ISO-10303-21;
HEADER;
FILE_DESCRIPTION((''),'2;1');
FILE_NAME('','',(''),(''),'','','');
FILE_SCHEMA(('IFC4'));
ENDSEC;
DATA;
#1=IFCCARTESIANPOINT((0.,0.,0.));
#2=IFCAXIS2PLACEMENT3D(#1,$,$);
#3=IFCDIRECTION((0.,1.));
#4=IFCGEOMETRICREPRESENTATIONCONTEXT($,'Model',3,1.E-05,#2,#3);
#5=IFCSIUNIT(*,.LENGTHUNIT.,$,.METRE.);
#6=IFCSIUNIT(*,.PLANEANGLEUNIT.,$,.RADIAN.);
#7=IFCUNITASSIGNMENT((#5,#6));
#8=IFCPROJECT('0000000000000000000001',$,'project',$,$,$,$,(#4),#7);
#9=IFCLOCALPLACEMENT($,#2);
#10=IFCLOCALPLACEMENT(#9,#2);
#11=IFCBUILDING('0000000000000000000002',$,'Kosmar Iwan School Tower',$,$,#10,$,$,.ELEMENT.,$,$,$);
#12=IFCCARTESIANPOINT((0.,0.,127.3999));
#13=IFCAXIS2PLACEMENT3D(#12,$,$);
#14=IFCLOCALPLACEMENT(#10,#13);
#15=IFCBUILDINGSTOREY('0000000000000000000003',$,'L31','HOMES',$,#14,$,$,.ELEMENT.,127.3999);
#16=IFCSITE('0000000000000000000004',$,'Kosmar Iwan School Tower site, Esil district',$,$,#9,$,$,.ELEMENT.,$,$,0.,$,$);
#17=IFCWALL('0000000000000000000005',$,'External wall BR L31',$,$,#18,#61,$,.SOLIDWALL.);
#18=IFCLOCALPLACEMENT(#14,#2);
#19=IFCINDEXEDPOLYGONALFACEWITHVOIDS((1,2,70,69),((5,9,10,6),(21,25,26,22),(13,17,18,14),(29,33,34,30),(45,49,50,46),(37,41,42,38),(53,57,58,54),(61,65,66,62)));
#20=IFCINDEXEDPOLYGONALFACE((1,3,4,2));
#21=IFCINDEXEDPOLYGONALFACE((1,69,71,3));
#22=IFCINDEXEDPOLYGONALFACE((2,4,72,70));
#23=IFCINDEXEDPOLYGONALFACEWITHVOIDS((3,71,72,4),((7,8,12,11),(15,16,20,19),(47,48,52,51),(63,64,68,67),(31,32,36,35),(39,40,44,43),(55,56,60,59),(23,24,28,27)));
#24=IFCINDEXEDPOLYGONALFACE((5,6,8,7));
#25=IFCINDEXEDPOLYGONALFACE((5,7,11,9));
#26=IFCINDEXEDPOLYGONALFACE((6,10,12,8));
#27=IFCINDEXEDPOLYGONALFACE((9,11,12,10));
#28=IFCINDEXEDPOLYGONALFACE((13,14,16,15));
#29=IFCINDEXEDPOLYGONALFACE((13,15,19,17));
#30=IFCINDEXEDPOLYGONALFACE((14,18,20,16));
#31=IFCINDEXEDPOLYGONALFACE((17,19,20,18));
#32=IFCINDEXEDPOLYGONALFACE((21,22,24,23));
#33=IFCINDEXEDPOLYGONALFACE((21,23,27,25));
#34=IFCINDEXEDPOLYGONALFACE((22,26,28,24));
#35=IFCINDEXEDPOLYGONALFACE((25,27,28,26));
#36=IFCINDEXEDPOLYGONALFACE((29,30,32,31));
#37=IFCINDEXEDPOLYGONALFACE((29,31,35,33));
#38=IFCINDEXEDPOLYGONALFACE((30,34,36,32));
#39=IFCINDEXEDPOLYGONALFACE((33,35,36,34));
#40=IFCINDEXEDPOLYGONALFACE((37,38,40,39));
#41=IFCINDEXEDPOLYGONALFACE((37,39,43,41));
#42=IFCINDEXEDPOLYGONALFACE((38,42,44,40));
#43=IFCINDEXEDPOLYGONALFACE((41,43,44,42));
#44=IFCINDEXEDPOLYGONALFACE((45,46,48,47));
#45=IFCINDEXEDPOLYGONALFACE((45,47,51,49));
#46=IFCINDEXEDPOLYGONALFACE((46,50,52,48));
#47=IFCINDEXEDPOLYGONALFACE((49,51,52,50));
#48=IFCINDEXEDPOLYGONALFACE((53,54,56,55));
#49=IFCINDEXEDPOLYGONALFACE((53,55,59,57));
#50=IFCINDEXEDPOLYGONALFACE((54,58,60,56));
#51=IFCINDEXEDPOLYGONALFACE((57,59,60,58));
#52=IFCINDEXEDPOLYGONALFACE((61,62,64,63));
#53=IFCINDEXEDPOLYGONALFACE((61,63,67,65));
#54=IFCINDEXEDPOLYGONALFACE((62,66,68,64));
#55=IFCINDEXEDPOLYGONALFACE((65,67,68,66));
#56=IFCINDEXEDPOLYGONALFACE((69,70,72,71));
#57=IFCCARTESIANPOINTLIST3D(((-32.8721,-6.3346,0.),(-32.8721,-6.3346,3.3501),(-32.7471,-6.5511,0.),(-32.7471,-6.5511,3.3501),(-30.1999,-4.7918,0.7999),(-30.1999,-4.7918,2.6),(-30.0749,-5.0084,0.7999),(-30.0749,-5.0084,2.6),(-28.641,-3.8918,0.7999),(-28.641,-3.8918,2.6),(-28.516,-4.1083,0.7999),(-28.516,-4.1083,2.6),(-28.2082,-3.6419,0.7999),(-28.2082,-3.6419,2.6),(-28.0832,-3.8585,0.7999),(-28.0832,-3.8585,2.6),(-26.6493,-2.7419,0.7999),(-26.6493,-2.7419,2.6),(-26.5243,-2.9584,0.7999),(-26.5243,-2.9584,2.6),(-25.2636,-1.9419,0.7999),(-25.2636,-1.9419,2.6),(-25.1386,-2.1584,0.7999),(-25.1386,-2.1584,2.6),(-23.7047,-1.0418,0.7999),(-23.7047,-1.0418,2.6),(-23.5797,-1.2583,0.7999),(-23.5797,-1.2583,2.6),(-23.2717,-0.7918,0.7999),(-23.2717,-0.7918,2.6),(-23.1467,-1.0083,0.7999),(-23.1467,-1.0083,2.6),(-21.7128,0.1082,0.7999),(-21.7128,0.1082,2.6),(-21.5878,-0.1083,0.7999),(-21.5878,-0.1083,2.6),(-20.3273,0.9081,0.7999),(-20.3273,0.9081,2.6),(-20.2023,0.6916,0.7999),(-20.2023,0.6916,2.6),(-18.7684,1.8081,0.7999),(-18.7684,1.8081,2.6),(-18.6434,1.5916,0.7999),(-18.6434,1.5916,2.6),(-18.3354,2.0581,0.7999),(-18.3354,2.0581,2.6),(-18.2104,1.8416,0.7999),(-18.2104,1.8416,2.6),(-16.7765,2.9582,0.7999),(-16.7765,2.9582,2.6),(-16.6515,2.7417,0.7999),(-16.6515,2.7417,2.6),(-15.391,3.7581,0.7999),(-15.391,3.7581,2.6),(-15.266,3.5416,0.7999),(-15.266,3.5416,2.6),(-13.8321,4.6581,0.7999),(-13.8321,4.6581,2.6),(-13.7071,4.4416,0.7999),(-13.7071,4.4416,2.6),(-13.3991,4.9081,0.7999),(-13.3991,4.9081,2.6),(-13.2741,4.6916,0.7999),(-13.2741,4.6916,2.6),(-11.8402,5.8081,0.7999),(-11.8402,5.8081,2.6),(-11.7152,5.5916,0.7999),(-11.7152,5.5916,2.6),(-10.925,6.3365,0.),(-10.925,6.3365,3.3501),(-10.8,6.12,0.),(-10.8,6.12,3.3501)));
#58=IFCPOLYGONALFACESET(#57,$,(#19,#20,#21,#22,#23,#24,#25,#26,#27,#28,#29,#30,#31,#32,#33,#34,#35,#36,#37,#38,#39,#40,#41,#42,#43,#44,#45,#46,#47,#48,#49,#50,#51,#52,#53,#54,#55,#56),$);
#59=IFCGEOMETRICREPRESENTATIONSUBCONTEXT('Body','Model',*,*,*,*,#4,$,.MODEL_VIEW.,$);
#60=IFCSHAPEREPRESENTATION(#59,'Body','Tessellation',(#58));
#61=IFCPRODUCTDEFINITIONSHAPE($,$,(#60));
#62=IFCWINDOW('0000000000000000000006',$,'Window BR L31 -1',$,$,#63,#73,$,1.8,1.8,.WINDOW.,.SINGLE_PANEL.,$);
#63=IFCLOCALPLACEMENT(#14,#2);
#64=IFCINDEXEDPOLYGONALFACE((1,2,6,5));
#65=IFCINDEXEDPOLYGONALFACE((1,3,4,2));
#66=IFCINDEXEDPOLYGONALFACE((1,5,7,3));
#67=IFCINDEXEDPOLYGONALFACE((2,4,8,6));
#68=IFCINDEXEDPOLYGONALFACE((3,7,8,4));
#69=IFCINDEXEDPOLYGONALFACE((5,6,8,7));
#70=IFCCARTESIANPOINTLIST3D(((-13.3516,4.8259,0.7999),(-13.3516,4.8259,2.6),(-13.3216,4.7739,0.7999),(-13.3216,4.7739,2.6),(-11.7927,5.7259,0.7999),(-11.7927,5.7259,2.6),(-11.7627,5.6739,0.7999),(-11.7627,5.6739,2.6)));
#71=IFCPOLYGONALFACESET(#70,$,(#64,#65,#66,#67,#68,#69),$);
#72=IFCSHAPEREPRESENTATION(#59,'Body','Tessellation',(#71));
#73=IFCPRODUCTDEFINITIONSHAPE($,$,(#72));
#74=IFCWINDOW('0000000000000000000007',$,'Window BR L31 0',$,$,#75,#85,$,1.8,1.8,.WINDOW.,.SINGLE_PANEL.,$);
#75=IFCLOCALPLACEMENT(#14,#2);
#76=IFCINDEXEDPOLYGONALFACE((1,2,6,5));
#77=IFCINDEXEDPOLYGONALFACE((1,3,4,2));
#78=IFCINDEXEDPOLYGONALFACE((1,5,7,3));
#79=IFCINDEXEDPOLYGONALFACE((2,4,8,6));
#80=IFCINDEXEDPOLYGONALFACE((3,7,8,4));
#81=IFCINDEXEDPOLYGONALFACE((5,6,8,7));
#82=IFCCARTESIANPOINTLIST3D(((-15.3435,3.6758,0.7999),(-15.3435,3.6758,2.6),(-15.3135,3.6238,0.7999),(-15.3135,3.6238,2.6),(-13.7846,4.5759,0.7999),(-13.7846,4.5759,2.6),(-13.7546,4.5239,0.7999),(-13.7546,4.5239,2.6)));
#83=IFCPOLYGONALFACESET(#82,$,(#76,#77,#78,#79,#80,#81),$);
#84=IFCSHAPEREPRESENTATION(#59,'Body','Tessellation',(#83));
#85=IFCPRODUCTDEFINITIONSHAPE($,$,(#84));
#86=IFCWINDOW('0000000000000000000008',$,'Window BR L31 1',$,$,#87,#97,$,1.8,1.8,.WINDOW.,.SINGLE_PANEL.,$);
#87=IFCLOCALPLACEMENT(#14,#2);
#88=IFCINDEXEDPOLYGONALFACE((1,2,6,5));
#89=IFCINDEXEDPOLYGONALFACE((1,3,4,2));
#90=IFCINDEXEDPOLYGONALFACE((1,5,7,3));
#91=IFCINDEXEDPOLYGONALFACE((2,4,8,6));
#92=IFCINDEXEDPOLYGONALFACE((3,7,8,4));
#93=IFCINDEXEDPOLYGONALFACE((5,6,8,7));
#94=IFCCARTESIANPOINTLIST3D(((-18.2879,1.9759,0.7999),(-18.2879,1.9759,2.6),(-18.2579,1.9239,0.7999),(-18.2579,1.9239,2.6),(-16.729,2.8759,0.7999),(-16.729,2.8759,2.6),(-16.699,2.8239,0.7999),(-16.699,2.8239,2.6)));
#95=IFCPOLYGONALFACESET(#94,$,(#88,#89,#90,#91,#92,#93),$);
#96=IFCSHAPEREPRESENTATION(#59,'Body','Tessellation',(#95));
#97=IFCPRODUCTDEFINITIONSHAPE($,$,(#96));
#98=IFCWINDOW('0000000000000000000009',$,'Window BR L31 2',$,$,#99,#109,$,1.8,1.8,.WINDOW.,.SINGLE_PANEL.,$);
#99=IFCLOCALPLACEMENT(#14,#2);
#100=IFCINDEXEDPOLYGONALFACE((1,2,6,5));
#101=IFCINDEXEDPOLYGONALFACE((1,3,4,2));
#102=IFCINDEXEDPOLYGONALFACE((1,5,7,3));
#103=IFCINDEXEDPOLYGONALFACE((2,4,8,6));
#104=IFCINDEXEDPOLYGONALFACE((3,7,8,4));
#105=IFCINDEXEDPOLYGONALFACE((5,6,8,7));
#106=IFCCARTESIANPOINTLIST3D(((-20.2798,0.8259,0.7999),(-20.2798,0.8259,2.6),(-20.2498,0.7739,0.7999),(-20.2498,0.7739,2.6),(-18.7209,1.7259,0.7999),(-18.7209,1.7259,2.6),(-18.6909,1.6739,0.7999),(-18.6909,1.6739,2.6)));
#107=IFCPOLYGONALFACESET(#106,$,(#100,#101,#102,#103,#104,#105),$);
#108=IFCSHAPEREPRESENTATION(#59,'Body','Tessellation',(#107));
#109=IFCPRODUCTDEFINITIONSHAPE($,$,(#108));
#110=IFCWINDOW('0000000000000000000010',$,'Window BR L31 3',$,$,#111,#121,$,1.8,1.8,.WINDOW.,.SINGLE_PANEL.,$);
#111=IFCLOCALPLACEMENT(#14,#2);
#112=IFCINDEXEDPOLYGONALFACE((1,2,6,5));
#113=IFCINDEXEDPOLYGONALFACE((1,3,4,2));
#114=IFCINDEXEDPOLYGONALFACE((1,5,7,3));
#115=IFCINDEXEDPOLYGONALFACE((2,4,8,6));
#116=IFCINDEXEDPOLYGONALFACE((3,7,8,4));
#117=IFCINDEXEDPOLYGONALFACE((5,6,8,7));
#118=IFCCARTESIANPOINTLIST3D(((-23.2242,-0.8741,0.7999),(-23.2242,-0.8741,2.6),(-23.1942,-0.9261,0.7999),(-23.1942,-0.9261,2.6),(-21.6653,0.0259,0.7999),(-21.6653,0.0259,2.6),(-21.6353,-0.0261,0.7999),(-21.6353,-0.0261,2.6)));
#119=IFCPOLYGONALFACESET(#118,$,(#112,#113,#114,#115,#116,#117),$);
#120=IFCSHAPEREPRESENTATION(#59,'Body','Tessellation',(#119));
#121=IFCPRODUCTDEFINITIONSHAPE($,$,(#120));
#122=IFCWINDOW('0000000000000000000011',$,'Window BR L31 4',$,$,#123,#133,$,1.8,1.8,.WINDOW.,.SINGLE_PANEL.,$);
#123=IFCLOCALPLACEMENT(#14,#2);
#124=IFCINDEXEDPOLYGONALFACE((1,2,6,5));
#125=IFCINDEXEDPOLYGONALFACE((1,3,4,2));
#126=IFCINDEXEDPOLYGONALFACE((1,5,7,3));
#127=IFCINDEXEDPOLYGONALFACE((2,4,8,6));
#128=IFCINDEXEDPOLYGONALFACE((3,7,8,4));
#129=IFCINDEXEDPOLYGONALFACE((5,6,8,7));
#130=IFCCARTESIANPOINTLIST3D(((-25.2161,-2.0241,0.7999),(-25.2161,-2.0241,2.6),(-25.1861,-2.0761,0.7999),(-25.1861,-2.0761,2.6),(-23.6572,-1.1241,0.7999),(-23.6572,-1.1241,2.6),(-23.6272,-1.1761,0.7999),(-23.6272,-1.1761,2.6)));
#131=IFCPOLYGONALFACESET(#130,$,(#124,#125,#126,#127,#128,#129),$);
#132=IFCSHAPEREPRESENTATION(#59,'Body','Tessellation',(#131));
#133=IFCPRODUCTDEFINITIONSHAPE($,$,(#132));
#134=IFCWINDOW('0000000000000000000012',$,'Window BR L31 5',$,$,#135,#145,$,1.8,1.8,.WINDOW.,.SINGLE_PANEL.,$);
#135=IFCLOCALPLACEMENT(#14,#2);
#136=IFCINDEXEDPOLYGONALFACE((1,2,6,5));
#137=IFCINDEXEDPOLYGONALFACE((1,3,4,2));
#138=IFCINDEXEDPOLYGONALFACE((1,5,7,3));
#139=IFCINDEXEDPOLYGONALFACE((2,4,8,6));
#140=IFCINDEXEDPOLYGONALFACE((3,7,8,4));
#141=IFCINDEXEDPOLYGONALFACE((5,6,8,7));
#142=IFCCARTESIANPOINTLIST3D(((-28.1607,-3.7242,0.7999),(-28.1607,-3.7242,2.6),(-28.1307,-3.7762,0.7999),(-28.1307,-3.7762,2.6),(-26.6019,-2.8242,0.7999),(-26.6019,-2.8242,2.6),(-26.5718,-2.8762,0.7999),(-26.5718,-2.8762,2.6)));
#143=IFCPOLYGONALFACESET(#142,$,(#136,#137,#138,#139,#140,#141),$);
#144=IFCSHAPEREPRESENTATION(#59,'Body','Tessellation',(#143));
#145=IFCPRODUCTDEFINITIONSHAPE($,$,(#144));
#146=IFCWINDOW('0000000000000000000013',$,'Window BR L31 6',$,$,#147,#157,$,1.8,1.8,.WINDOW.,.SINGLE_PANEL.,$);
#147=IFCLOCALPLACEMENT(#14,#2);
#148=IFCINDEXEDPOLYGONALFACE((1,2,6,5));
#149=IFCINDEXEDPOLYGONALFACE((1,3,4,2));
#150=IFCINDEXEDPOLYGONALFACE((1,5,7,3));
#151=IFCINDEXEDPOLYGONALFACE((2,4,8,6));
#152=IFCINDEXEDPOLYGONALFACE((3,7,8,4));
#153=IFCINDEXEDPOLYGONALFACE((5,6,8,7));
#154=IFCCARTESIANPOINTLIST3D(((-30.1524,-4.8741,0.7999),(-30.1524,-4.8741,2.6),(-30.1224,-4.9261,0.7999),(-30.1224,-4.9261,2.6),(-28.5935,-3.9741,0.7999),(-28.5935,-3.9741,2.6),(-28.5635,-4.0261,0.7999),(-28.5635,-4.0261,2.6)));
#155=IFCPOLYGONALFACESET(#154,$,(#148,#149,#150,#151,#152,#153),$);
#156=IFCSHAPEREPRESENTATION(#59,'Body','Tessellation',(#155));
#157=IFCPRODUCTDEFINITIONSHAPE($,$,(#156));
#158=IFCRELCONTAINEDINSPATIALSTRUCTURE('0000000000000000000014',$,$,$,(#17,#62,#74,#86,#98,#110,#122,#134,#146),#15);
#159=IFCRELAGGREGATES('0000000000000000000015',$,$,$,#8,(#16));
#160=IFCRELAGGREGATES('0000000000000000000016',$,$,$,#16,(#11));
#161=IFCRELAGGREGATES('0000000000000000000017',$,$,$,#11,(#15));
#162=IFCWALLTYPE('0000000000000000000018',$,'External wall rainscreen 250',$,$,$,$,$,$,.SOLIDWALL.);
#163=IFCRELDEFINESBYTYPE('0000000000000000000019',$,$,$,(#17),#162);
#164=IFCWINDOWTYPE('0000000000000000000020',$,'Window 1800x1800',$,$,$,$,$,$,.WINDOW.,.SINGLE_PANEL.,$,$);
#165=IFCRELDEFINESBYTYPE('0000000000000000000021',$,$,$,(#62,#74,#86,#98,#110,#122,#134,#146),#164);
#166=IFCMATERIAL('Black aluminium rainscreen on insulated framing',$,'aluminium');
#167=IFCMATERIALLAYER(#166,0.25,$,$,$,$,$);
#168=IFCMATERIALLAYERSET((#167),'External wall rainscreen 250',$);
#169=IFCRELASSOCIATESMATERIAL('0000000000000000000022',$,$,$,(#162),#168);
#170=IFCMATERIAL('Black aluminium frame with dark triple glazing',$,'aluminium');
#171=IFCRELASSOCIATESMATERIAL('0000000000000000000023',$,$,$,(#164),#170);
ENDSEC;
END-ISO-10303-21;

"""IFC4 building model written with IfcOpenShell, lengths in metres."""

from ifc_helpers import new_model, si_unit, direction, frame, frame_2d, origin, place, context, subcontext, project, spatial, rectangle, extrude, material, layer, layer_set, type_object, element, fill, save


model = new_model("IFC4")

# Units and contexts
model_context = context("Model", 3, precision=1e-05, world=origin(), true_north=direction((0.0, 1.0)))
body_context = subcontext(model_context, "Body", "Model", "MODEL_VIEW")
ifc_project = project(units=[si_unit("LENGTHUNIT", "METRE"), si_unit("PLANEANGLEUNIT", "RADIAN")], contexts=[model_context])

# Site, building, storey
site_placement = place(None, origin())
site = spatial("IfcSite", under=ifc_project, at=site_placement, Name="Kosmar Iwan School Tower site, Esil district", CompositionType="ELEMENT", RefElevation=0.0)
building_placement = place(site_placement, origin())
building = spatial("IfcBuilding", under=site, at=building_placement, Name="Kosmar Iwan School Tower", CompositionType="ELEMENT")
storey_placement = place(building_placement, frame((0.0, 0.0, 127.3999)))
storey = spatial("IfcBuildingStorey", under=building, at=storey_placement, Name="L31", Description="HOMES", CompositionType="ELEMENT", Elevation=127.3999)

# Wall, openings, windows
ifc_material_1 = material(Name="Black aluminium rainscreen on insulated framing", Category="aluminium")
ifc_layer_1 = layer(ifc_material_1, 0.25)
ifc_layer_set_1 = layer_set([ifc_layer_1], Name="External wall rainscreen 250")
wall_type_1 = type_object("IfcWallType", Name="External wall rainscreen 250", PredefinedType="SOLIDWALL", material=ifc_layer_set_1)
ifc_material_2 = material(Name="Black aluminium frame with dark triple glazing", Category="aluminium")
window_type = type_object("IfcWindowType", Name="Window 1800x1800", PartitioningType="SINGLE_PANEL", PredefinedType="WINDOW", material=ifc_material_2)
wall_1_placement = place(storey_placement, frame((-10.8625, 6.2283, 0.0), z_axis=(0.0, 0.0, 1.0), x_axis=(-0.866025, -0.500001, 0.0)))
wall_1 = element("IfcWall", 1, at=wall_1_placement, inside=storey, type_object=wall_type_1, Name="External wall BR L31", PredefinedType="SOLIDWALL", context=body_context, shape_type="SweptSolid", body=[
    extrude(rectangle(XDim=25.3423, YDim=0.25, at=frame_2d((12.6711, 0.0))), origin(), (0.0, 0.0, 1.0), 3.3501),
])
opening_1_placement = place(wall_1_placement, frame((1.0569, 0.0, 0.8)))
opening_1 = element("IfcOpeningElement", 2, at=opening_1_placement, cuts=wall_1, PredefinedType="OPENING", context=body_context, shape_type="SweptSolid", body=[
    extrude(rectangle(XDim=1.8, YDim=1.8, at=frame_2d((0.8999, 0.8999))), frame((0.0, 0.137, 0.0), z_axis=(0.0, -1.0, 0.0), x_axis=(1.0, 0.0, 0.0)), (0.0, 0.0, 1.0), 0.2739),
])
opening_2_placement = place(wall_1_placement, frame((3.3569, 0.0, 0.8)))
opening_2 = element("IfcOpeningElement", 3, at=opening_2_placement, cuts=wall_1, PredefinedType="OPENING", context=body_context, shape_type="SweptSolid", body=[
    extrude(rectangle(XDim=1.8, YDim=1.8, at=frame_2d((0.8999, 0.8999))), frame((0.0, 0.137, 0.0), z_axis=(0.0, -1.0, 0.0), x_axis=(1.0, 0.0, 0.0)), (0.0, 0.0, 1.0), 0.2739),
])
opening_3_placement = place(wall_1_placement, frame((6.7568, 0.0, 0.8)))
opening_3 = element("IfcOpeningElement", 4, at=opening_3_placement, cuts=wall_1, PredefinedType="OPENING", context=body_context, shape_type="SweptSolid", body=[
    extrude(rectangle(XDim=1.8, YDim=1.8, at=frame_2d((0.8999, 0.8999))), frame((0.0, 0.137, 0.0), z_axis=(0.0, -1.0, 0.0), x_axis=(1.0, 0.0, 0.0)), (0.0, 0.0, 1.0), 0.2739),
])
opening_4_placement = place(wall_1_placement, frame((9.0569, 0.0, 0.8)))
opening_4 = element("IfcOpeningElement", 5, at=opening_4_placement, cuts=wall_1, PredefinedType="OPENING", context=body_context, shape_type="SweptSolid", body=[
    extrude(rectangle(XDim=1.8, YDim=1.8, at=frame_2d((0.8999, 0.8999))), frame((0.0, 0.137, 0.0), z_axis=(0.0, -1.0, 0.0), x_axis=(1.0, 0.0, 0.0)), (0.0, 0.0, 1.0), 0.2739),
])
opening_5_placement = place(wall_1_placement, frame((12.4568, 0.0, 0.8)))
opening_5 = element("IfcOpeningElement", 6, at=opening_5_placement, cuts=wall_1, PredefinedType="OPENING", context=body_context, shape_type="SweptSolid", body=[
    extrude(rectangle(XDim=1.8, YDim=1.8, at=frame_2d((0.8999, 0.8999))), frame((0.0, 0.137, 0.0), z_axis=(0.0, -1.0, 0.0), x_axis=(1.0, 0.0, 0.0)), (0.0, 0.0, 1.0), 0.2739),
])
opening_6_placement = place(wall_1_placement, frame((14.7568, 0.0, 0.8)))
opening_6 = element("IfcOpeningElement", 7, at=opening_6_placement, cuts=wall_1, PredefinedType="OPENING", context=body_context, shape_type="SweptSolid", body=[
    extrude(rectangle(XDim=1.8, YDim=1.8, at=frame_2d((0.8999, 0.8999))), frame((0.0, 0.137, 0.0), z_axis=(0.0, -1.0, 0.0), x_axis=(1.0, 0.0, 0.0)), (0.0, 0.0, 1.0), 0.2739),
])
opening_7_placement = place(wall_1_placement, frame((18.157, 0.0, 0.8)))
opening_7 = element("IfcOpeningElement", 8, at=opening_7_placement, cuts=wall_1, PredefinedType="OPENING", context=body_context, shape_type="SweptSolid", body=[
    extrude(rectangle(XDim=1.8, YDim=1.8, at=frame_2d((0.8999, 0.8999))), frame((0.0, 0.137, 0.0), z_axis=(0.0, -1.0, 0.0), x_axis=(1.0, 0.0, 0.0)), (0.0, 0.0, 1.0), 0.2739),
])
opening_8_placement = place(wall_1_placement, frame((20.4568, 0.0, 0.8)))
opening_8 = element("IfcOpeningElement", 9, at=opening_8_placement, cuts=wall_1, PredefinedType="OPENING", context=body_context, shape_type="SweptSolid", body=[
    extrude(rectangle(XDim=1.8, YDim=1.8, at=frame_2d((0.8999, 0.8999))), frame((0.0, 0.137, 0.0), z_axis=(0.0, -1.0, 0.0), x_axis=(1.0, 0.0, 0.0)), (0.0, 0.0, 1.0), 0.2739),
])
window_1_placement = place(opening_1_placement, origin())
window_1 = element("IfcWindow", 10, at=window_1_placement, inside=storey, type_object=window_type, Name="Window BR L31 -1", OverallHeight=1.8, OverallWidth=1.8, PartitioningType="SINGLE_PANEL", PredefinedType="WINDOW", context=body_context, shape_type="SweptSolid", body=[
    extrude(rectangle(XDim=1.8, YDim=1.8, at=frame_2d((0.8999, 0.8999))), frame((0.0, 0.03, 0.0), z_axis=(0.0, -1.0, 0.0), x_axis=(1.0, 0.0, 0.0)), (0.0, 0.0, 1.0), 0.0601),
])
fill(opening_1, window_1)
window_2_placement = place(opening_2_placement, origin())
window_2 = element("IfcWindow", 11, at=window_2_placement, inside=storey, type_object=window_type, Name="Window BR L31 0", OverallHeight=1.8, OverallWidth=1.8, PartitioningType="SINGLE_PANEL", PredefinedType="WINDOW", context=body_context, shape_type="SweptSolid", body=[
    extrude(rectangle(XDim=1.8, YDim=1.8, at=frame_2d((0.8999, 0.8999))), frame((0.0, 0.03, 0.0), z_axis=(0.0, -1.0, 0.0), x_axis=(1.0, 0.0, 0.0)), (0.0, 0.0, 1.0), 0.0601),
])
fill(opening_2, window_2)
window_3_placement = place(opening_3_placement, origin())
window_3 = element("IfcWindow", 12, at=window_3_placement, inside=storey, type_object=window_type, Name="Window BR L31 1", OverallHeight=1.8, OverallWidth=1.8, PartitioningType="SINGLE_PANEL", PredefinedType="WINDOW", context=body_context, shape_type="SweptSolid", body=[
    extrude(rectangle(XDim=1.8, YDim=1.8, at=frame_2d((0.8999, 0.8999))), frame((0.0, 0.03, 0.0), z_axis=(0.0, -1.0, 0.0), x_axis=(1.0, 0.0, 0.0)), (0.0, 0.0, 1.0), 0.0601),
])
fill(opening_3, window_3)
window_4_placement = place(opening_4_placement, origin())
window_4 = element("IfcWindow", 13, at=window_4_placement, inside=storey, type_object=window_type, Name="Window BR L31 2", OverallHeight=1.8, OverallWidth=1.8, PartitioningType="SINGLE_PANEL", PredefinedType="WINDOW", context=body_context, shape_type="SweptSolid", body=[
    extrude(rectangle(XDim=1.8, YDim=1.8, at=frame_2d((0.8999, 0.8999))), frame((0.0, 0.03, 0.0), z_axis=(0.0, -1.0, 0.0), x_axis=(1.0, 0.0, 0.0)), (0.0, 0.0, 1.0), 0.0601),
])
fill(opening_4, window_4)
window_5_placement = place(opening_5_placement, origin())
window_5 = element("IfcWindow", 14, at=window_5_placement, inside=storey, type_object=window_type, Name="Window BR L31 3", OverallHeight=1.8, OverallWidth=1.8, PartitioningType="SINGLE_PANEL", PredefinedType="WINDOW", context=body_context, shape_type="SweptSolid", body=[
    extrude(rectangle(XDim=1.8, YDim=1.8, at=frame_2d((0.8999, 0.8999))), frame((0.0, 0.03, 0.0), z_axis=(0.0, -1.0, 0.0), x_axis=(1.0, 0.0, 0.0)), (0.0, 0.0, 1.0), 0.0601),
])
fill(opening_5, window_5)
window_6_placement = place(opening_6_placement, origin())
window_6 = element("IfcWindow", 15, at=window_6_placement, inside=storey, type_object=window_type, Name="Window BR L31 4", OverallHeight=1.8, OverallWidth=1.8, PartitioningType="SINGLE_PANEL", PredefinedType="WINDOW", context=body_context, shape_type="SweptSolid", body=[
    extrude(rectangle(XDim=1.8, YDim=1.8, at=frame_2d((0.8999, 0.8999))), frame((0.0, 0.03, 0.0), z_axis=(0.0, -1.0, 0.0), x_axis=(1.0, 0.0, 0.0)), (0.0, 0.0, 1.0), 0.0601),
])
fill(opening_6, window_6)
window_7_placement = place(opening_7_placement, origin())
window_7 = element("IfcWindow", 16, at=window_7_placement, inside=storey, type_object=window_type, Name="Window BR L31 5", OverallHeight=1.8, OverallWidth=1.8, PartitioningType="SINGLE_PANEL", PredefinedType="WINDOW", context=body_context, shape_type="SweptSolid", body=[
    extrude(rectangle(XDim=1.8, YDim=1.8, at=frame_2d((0.8999, 0.8999))), frame((0.0, 0.03, 0.0), z_axis=(0.0, -1.0, 0.0), x_axis=(1.0, 0.0, 0.0)), (0.0, 0.0, 1.0), 0.0601),
])
fill(opening_7, window_7)
window_8_placement = place(opening_8_placement, origin())
window_8 = element("IfcWindow", 17, at=window_8_placement, inside=storey, type_object=window_type, Name="Window BR L31 6", OverallHeight=1.8, OverallWidth=1.8, PartitioningType="SINGLE_PANEL", PredefinedType="WINDOW", context=body_context, shape_type="SweptSolid", body=[
    extrude(rectangle(XDim=1.8, YDim=1.8, at=frame_2d((0.8999, 0.8999))), frame((0.0, 0.03, 0.0), z_axis=(0.0, -1.0, 0.0), x_axis=(1.0, 0.0, 0.0)), (0.0, 0.0, 1.0), 0.0601),
])
fill(opening_8, window_8)

save(model, "model.ifc")
